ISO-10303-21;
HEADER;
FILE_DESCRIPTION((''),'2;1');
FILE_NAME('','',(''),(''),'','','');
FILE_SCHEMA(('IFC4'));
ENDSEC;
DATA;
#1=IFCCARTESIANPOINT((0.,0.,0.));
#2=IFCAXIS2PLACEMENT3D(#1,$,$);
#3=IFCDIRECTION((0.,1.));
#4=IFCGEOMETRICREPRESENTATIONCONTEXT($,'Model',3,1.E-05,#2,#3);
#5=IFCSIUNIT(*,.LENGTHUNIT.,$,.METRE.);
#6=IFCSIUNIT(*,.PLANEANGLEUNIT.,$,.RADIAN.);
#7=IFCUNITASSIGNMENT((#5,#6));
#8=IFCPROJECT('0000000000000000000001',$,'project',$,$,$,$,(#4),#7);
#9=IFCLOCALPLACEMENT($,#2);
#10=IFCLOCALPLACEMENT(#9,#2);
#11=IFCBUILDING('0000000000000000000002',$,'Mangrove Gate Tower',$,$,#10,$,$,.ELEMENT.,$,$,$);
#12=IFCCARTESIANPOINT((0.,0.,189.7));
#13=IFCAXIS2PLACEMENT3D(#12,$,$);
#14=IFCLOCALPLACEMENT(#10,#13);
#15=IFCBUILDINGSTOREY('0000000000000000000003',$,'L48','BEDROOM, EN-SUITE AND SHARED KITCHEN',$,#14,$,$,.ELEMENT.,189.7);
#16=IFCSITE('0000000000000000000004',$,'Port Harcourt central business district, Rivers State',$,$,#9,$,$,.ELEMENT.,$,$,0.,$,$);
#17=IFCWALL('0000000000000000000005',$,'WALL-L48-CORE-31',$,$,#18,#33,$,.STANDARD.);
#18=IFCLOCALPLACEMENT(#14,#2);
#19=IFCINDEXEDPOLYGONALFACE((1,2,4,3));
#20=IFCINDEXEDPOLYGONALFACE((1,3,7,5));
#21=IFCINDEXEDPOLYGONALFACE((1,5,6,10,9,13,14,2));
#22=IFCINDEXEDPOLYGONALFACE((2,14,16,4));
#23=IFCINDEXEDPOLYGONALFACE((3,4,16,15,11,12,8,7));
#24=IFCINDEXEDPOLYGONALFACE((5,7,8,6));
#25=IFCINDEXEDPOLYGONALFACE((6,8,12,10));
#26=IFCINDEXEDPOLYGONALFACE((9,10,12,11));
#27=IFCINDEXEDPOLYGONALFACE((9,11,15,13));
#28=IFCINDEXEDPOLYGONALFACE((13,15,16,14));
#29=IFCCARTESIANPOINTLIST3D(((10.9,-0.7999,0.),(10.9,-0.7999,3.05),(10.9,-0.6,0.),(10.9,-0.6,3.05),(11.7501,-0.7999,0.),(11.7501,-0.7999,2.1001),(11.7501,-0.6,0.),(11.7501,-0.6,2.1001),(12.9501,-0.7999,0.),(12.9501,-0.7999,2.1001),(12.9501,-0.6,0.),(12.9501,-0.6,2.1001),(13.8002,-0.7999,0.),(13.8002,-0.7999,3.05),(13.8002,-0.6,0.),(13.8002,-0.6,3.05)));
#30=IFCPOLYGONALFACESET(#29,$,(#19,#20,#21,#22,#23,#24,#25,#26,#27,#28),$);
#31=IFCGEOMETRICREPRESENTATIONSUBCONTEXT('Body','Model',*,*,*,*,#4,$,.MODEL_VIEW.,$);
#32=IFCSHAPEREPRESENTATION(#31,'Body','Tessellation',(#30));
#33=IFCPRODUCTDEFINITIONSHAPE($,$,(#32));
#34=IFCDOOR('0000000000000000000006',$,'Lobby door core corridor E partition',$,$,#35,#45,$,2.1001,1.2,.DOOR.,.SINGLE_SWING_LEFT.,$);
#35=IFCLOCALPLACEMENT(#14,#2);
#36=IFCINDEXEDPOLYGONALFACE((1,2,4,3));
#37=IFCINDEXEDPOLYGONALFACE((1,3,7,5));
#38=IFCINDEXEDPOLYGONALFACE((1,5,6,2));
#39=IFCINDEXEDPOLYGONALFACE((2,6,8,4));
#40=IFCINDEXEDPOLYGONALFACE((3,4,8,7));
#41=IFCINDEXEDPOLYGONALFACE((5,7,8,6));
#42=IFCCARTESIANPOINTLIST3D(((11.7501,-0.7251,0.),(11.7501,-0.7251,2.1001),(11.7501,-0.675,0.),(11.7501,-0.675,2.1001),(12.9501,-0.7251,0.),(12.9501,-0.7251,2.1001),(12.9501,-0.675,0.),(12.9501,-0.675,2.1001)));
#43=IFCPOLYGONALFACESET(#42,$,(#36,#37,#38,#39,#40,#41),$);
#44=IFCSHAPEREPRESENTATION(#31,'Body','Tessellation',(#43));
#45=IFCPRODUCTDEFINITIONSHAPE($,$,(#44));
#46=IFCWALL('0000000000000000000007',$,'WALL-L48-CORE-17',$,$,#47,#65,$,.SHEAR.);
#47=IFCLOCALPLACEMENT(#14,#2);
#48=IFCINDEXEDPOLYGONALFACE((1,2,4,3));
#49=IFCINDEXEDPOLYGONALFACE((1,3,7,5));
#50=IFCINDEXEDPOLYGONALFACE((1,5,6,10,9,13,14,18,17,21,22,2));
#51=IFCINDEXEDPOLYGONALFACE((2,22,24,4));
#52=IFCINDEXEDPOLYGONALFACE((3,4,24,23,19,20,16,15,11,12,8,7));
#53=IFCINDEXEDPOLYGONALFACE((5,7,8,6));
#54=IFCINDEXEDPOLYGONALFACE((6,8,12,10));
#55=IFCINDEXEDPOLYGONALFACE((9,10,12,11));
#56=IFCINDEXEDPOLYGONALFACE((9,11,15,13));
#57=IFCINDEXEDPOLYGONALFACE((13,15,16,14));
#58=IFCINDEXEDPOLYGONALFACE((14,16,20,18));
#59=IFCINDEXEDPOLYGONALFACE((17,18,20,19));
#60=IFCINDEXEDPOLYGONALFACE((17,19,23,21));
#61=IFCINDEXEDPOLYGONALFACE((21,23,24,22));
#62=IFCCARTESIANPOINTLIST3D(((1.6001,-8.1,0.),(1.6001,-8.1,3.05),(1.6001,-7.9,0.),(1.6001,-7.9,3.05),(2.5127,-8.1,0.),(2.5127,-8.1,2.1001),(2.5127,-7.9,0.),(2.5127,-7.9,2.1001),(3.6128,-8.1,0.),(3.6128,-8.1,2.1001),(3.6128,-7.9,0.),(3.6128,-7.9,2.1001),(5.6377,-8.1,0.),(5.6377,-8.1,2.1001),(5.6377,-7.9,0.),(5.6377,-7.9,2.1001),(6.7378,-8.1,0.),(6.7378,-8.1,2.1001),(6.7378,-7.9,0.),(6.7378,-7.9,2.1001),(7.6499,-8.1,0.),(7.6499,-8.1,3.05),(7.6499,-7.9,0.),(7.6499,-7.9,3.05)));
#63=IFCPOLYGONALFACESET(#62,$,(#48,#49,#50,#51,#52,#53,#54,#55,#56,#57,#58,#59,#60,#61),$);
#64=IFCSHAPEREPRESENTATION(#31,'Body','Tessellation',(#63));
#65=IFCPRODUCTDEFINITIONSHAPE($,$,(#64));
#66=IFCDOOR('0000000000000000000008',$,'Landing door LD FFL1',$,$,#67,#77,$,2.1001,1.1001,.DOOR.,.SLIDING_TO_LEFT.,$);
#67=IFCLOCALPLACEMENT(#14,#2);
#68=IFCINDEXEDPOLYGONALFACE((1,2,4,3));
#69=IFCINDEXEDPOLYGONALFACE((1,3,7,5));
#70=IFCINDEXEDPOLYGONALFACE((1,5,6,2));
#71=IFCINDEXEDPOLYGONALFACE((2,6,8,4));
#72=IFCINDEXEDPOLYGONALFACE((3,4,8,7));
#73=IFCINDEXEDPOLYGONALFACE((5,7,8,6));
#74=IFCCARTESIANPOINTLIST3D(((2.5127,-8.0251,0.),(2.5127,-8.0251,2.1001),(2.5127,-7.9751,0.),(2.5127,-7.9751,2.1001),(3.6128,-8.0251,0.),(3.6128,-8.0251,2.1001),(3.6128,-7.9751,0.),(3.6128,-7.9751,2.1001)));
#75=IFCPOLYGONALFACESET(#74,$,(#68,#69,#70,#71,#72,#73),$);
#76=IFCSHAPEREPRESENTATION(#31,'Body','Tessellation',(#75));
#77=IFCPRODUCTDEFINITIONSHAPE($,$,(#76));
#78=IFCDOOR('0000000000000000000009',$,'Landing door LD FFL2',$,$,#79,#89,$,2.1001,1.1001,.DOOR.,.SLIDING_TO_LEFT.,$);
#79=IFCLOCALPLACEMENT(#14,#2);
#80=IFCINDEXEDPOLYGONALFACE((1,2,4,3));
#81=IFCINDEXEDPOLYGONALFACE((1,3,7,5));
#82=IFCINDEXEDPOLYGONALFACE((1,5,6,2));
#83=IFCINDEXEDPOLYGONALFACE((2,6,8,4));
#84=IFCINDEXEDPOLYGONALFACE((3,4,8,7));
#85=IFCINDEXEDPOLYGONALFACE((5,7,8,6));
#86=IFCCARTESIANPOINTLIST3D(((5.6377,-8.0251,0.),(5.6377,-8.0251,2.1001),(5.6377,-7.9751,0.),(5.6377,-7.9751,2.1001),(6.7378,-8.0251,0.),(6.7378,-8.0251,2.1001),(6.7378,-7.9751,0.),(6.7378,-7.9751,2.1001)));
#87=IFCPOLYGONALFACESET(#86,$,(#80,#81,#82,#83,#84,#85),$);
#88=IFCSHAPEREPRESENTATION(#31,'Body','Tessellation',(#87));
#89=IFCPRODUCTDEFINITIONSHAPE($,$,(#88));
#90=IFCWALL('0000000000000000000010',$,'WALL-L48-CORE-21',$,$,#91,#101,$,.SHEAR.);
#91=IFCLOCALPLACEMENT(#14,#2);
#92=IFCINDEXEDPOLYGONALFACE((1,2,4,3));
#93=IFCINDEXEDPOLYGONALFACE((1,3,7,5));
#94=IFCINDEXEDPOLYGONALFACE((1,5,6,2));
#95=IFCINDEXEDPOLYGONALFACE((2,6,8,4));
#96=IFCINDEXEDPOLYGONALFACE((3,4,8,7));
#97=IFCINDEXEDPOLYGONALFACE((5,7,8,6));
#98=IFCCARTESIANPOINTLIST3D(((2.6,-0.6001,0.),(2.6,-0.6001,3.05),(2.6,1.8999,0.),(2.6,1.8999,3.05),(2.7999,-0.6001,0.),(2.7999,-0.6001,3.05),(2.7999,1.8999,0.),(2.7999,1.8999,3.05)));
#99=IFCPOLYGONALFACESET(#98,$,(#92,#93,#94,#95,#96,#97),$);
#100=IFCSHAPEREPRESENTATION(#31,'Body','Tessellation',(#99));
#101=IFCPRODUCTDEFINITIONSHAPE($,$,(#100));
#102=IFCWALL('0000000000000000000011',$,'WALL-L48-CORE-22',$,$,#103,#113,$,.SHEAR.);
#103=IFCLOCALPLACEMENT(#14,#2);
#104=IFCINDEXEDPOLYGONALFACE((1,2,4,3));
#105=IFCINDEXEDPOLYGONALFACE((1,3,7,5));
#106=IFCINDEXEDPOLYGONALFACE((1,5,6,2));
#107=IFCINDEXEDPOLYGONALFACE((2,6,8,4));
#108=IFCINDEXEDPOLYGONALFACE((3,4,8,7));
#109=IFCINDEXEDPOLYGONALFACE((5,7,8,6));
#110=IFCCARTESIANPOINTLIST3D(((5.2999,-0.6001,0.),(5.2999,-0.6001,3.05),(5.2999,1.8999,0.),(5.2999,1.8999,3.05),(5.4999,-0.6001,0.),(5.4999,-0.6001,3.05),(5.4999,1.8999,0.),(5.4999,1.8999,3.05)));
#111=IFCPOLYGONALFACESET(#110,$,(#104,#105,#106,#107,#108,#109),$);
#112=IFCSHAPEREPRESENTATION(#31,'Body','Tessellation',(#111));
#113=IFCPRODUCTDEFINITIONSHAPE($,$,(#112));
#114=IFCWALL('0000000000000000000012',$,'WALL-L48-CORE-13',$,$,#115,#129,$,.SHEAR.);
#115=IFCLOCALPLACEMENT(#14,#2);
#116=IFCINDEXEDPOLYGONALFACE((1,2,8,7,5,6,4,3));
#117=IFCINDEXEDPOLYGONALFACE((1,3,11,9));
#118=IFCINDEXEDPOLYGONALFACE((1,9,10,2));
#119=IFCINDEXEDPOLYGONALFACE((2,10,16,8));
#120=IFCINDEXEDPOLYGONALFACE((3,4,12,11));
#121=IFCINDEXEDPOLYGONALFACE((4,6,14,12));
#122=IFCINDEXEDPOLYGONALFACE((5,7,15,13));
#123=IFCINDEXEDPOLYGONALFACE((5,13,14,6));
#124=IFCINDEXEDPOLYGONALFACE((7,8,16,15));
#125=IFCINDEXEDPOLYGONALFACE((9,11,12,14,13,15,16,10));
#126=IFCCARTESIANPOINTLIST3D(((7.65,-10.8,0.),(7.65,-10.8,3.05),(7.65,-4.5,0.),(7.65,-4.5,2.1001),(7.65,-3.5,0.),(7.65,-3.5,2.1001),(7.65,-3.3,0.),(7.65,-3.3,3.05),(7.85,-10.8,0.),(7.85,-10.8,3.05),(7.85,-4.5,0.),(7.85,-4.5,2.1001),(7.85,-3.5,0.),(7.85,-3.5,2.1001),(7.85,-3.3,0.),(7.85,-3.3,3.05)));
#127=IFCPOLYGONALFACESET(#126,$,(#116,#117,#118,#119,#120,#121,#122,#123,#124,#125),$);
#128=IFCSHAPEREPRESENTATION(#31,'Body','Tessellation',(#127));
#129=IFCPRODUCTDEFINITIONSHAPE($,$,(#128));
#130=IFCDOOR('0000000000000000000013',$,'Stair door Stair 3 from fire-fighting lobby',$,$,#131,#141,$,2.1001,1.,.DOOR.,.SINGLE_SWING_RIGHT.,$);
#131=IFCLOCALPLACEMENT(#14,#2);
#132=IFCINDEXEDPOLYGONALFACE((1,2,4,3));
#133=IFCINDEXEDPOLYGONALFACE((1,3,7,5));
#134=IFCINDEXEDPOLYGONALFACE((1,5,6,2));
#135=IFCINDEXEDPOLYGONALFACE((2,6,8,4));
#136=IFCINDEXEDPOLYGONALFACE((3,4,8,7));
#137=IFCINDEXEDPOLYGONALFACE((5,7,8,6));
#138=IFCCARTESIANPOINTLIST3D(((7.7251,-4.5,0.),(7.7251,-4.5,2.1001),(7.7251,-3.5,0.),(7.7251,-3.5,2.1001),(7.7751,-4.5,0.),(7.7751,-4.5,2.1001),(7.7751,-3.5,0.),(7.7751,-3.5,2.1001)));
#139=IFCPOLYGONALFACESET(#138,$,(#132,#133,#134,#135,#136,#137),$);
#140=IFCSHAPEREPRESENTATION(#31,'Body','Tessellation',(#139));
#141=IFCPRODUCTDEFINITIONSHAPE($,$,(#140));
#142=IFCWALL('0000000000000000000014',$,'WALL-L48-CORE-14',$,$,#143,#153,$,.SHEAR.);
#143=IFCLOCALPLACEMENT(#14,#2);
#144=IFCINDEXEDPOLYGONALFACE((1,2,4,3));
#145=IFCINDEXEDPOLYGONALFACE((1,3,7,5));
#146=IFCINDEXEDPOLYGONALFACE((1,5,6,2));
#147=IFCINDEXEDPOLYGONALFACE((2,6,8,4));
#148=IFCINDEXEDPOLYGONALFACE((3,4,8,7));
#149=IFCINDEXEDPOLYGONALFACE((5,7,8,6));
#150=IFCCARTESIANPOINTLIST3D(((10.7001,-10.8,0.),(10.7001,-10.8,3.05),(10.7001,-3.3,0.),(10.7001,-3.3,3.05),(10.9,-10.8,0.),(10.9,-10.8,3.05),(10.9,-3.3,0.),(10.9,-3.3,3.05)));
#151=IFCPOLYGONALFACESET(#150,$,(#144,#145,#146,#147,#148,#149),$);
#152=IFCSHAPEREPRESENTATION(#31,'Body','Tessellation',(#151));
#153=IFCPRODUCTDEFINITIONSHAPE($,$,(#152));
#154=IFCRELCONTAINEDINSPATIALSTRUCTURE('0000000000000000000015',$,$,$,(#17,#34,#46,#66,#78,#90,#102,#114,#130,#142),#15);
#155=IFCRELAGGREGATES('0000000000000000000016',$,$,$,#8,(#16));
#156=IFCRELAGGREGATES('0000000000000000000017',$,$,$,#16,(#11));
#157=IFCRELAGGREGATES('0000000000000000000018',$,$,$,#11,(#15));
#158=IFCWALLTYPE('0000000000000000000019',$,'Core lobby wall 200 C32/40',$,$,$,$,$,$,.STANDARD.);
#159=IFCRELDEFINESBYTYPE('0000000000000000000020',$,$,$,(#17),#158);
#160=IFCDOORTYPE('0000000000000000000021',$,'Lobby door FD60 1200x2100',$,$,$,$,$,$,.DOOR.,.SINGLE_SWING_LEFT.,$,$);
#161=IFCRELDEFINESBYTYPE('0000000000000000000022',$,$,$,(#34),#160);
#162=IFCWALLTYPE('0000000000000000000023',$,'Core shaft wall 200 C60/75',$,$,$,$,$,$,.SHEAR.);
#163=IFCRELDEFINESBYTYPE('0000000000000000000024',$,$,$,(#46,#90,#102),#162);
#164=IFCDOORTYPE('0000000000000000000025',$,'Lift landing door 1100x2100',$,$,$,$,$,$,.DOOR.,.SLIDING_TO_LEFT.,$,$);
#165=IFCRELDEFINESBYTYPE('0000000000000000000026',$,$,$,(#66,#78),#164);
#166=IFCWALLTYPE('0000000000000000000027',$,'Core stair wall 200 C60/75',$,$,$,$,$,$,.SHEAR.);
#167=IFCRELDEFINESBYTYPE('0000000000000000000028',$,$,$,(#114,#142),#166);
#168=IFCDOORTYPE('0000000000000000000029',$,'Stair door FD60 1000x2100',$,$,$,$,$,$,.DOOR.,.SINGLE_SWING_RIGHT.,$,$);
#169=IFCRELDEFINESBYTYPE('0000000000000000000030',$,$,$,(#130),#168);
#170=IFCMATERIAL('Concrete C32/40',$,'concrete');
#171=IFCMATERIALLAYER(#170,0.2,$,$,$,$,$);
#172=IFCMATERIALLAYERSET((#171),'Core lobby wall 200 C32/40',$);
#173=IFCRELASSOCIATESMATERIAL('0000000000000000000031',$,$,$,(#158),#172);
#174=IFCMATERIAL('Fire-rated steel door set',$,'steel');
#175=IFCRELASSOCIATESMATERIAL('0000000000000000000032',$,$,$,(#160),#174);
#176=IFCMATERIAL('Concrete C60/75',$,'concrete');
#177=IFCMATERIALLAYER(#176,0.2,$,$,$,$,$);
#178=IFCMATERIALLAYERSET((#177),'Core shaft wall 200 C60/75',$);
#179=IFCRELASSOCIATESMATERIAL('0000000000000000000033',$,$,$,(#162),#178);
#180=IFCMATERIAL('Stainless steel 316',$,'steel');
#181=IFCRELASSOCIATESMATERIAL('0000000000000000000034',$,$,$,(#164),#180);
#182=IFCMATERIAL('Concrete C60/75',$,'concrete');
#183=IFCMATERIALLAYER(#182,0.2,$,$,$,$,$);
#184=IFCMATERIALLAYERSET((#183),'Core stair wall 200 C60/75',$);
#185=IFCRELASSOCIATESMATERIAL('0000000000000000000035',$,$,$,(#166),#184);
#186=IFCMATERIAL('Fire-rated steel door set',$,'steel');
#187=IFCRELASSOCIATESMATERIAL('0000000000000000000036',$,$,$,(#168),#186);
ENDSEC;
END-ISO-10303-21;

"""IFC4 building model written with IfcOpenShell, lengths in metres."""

from ifc_helpers import new_model, si_unit, direction, frame, frame_2d, origin, place, context, subcontext, project, spatial, rectangle, extrude, material, layer, layer_set, type_object, element, fill, save


model = new_model("IFC4")

# Units and contexts
model_context = context("Model", 3, precision=1e-05, world=origin(), true_north=direction((0.0, 1.0)))
body_context = subcontext(model_context, "Body", "Model", "MODEL_VIEW")
ifc_project = project(units=[si_unit("LENGTHUNIT", "METRE"), si_unit("PLANEANGLEUNIT", "RADIAN")], contexts=[model_context])

# Site, building, storey
site_placement = place(None, origin())
site = spatial("IfcSite", under=ifc_project, at=site_placement, Name="Port Harcourt central business district, Rivers State", CompositionType="ELEMENT", RefElevation=0.0)
building_placement = place(site_placement, origin())
building = spatial("IfcBuilding", under=site, at=building_placement, Name="Mangrove Gate Tower", CompositionType="ELEMENT")
storey_placement = place(building_placement, frame((0.0, 0.0, 189.7)))
storey = spatial("IfcBuildingStorey", under=building, at=storey_placement, Name="L48", Description="BEDROOM, EN-SUITE AND SHARED KITCHEN", CompositionType="ELEMENT", Elevation=189.7)

# Wall, opening, door
ifc_material_1 = material(Name="Concrete C32/40", Category="concrete")
ifc_layer_1 = layer(ifc_material_1, 0.2)
ifc_layer_set_1 = layer_set([ifc_layer_1], Name="Core lobby wall 200 C32/40")
wall_type_1 = type_object("IfcWallType", Name="Core lobby wall 200 C32/40", PredefinedType="STANDARD", material=ifc_layer_set_1)
wall_1_placement = place(storey_placement, frame((10.8999, -0.7, 0.0), z_axis=(0.0, 0.0, 1.0), x_axis=(1.0, 0.0, 0.0)))
wall_1 = element("IfcWall", 1, at=wall_1_placement, inside=storey, type_object=wall_type_1, Name="WALL-L48-CORE-31", PredefinedType="STANDARD", context=body_context, shape_type="SweptSolid", body=[
    extrude(rectangle(XDim=2.9001, YDim=0.2, at=frame_2d((1.4502, 0.0))), origin(), (0.0, 0.0, 1.0), 3.05),
])
opening_1_placement = place(wall_1_placement, frame((0.8501, 0.0, 0.0)))
opening_1 = element("IfcOpeningElement", 2, at=opening_1_placement, cuts=wall_1, PredefinedType="OPENING", context=body_context, shape_type="SweptSolid", body=[
    extrude(rectangle(XDim=1.2, YDim=2.1001, at=frame_2d((0.6001, 1.05))), frame((0.0, 0.1099, 0.0), z_axis=(0.0, -1.0, 0.0), x_axis=(1.0, 0.0, 0.0)), (0.0, 0.0, 1.0), 0.22),
])
ifc_material_2 = material(Name="Fire-rated steel door set", Category="steel")
door_type_1 = type_object("IfcDoorType", Name="Lobby door FD60 1200x2100", OperationType="SINGLE_SWING_LEFT", PredefinedType="DOOR", material=ifc_material_2)
door_1_placement = place(opening_1_placement, origin())
door_1 = element("IfcDoor", 3, at=door_1_placement, inside=storey, type_object=door_type_1, Name="Lobby door core corridor E partition", OperationType="SINGLE_SWING_LEFT", OverallHeight=2.1001, OverallWidth=1.2, PredefinedType="DOOR", context=body_context, shape_type="SweptSolid", body=[
    extrude(rectangle(XDim=1.2, YDim=2.1001, at=frame_2d((0.6001, 1.05))), frame((0.0, 0.0249, 0.0), z_axis=(0.0, -1.0, 0.0), x_axis=(1.0, 0.0, 0.0)), (0.0, 0.0, 1.0), 0.05),
])
fill(opening_1, door_1)

# Wall, openings, doors
ifc_material_3 = material(Name="Concrete C60/75", Category="concrete")
ifc_layer_2 = layer(ifc_material_3, 0.2)
ifc_layer_set_2 = layer_set([ifc_layer_2], Name="Core shaft wall 200 C60/75")
wall_type_2 = type_object("IfcWallType", Name="Core shaft wall 200 C60/75", PredefinedType="SHEAR", material=ifc_layer_set_2)
wall_2_placement = place(storey_placement, frame((1.6001, -8.0, 0.0), z_axis=(0.0, 0.0, 1.0), x_axis=(1.0, 0.0, 0.0)))
wall_2 = element("IfcWall", 4, at=wall_2_placement, inside=storey, type_object=wall_type_2, Name="WALL-L48-CORE-17", PredefinedType="SHEAR", context=body_context, shape_type="SweptSolid", body=[
    extrude(rectangle(XDim=6.0498, YDim=0.2, at=frame_2d((3.0249, 0.0))), origin(), (0.0, 0.0, 1.0), 3.05),
])
opening_2_placement = place(wall_2_placement, frame((0.9126, 0.0, 0.0)))
opening_2 = element("IfcOpeningElement", 5, at=opening_2_placement, cuts=wall_2, PredefinedType="OPENING", context=body_context, shape_type="SweptSolid", body=[
    extrude(rectangle(XDim=1.1001, YDim=2.1001, at=frame_2d((0.55, 1.05))), frame((0.0, 0.1099, 0.0), z_axis=(0.0, -1.0, 0.0), x_axis=(1.0, 0.0, 0.0)), (0.0, 0.0, 1.0), 0.22),
])
opening_3_placement = place(wall_2_placement, frame((4.0376, 0.0, 0.0)))
opening_3 = element("IfcOpeningElement", 6, at=opening_3_placement, cuts=wall_2, PredefinedType="OPENING", context=body_context, shape_type="SweptSolid", body=[
    extrude(rectangle(XDim=1.1001, YDim=2.1001, at=frame_2d((0.55, 1.05))), frame((0.0, 0.1099, 0.0), z_axis=(0.0, -1.0, 0.0), x_axis=(1.0, 0.0, 0.0)), (0.0, 0.0, 1.0), 0.22),
])
ifc_material_4 = material(Name="Stainless steel 316", Category="steel")
door_type_2 = type_object("IfcDoorType", Name="Lift landing door 1100x2100", OperationType="SLIDING_TO_LEFT", PredefinedType="DOOR", material=ifc_material_4)
door_2_placement = place(opening_2_placement, origin())
door_2 = element("IfcDoor", 7, at=door_2_placement, inside=storey, type_object=door_type_2, Name="Landing door LD FFL1", OperationType="SLIDING_TO_LEFT", OverallHeight=2.1001, OverallWidth=1.1001, PredefinedType="DOOR", context=body_context, shape_type="SweptSolid", body=[
    extrude(rectangle(XDim=1.1001, YDim=2.1001, at=frame_2d((0.55, 1.05))), frame((0.0, 0.0249, 0.0), z_axis=(0.0, -1.0, 0.0), x_axis=(1.0, 0.0, 0.0)), (0.0, 0.0, 1.0), 0.05),
])
fill(opening_2, door_2)
door_3_placement = place(opening_3_placement, origin())
door_3 = element("IfcDoor", 8, at=door_3_placement, inside=storey, type_object=door_type_2, Name="Landing door LD FFL2", OperationType="SLIDING_TO_LEFT", OverallHeight=2.1001, OverallWidth=1.1001, PredefinedType="DOOR", context=body_context, shape_type="SweptSolid", body=[
    extrude(rectangle(XDim=1.1001, YDim=2.1001, at=frame_2d((0.55, 1.05))), frame((0.0, 0.0249, 0.0), z_axis=(0.0, -1.0, 0.0), x_axis=(1.0, 0.0, 0.0)), (0.0, 0.0, 1.0), 0.05),
])
fill(opening_3, door_3)

# Walls
for number, where, z_axis, x_axis, name in (
    (9, (2.7, -0.6001, 0.0), (0.0, 0.0, 1.0), (0.0, 1.0, 0.0), "WALL-L48-CORE-21"),
    (10, (5.3999, -0.6001, 0.0), (0.0, 0.0, 1.0), (0.0, 1.0, 0.0), "WALL-L48-CORE-22"),
):
    element("IfcWall", number, at=place(storey_placement, frame(where, z_axis=z_axis, x_axis=x_axis)), inside=storey, type_object=wall_type_2, Name=name, PredefinedType="SHEAR", context=body_context, shape_type="SweptSolid", body=[
        extrude(rectangle(XDim=2.5, YDim=0.2, at=frame_2d((1.25, 0.0))), origin(), (0.0, 0.0, 1.0), 3.05),
    ])

# Wall, opening, door
ifc_material_5 = material(Name="Concrete C60/75", Category="concrete")
ifc_layer_3 = layer(ifc_material_5, 0.2)
ifc_layer_set_3 = layer_set([ifc_layer_3], Name="Core stair wall 200 C60/75")
wall_type_3 = type_object("IfcWallType", Name="Core stair wall 200 C60/75", PredefinedType="SHEAR", material=ifc_layer_set_3)
wall_3_placement = place(storey_placement, frame((7.75, -10.8, 0.0), z_axis=(0.0, 0.0, 1.0), x_axis=(0.0, 1.0, 0.0)))
wall_3 = element("IfcWall", 11, at=wall_3_placement, inside=storey, type_object=wall_type_3, Name="WALL-L48-CORE-13", PredefinedType="SHEAR", context=body_context, shape_type="SweptSolid", body=[
    extrude(rectangle(XDim=7.5, YDim=0.2, at=frame_2d((3.75, 0.0))), origin(), (0.0, 0.0, 1.0), 3.05),
])
opening_4_placement = place(wall_3_placement, frame((6.3, 0.0, 0.0)))
opening_4 = element("IfcOpeningElement", 12, at=opening_4_placement, cuts=wall_3, PredefinedType="OPENING", context=body_context, shape_type="SweptSolid", body=[
    extrude(rectangle(XDim=1.0, YDim=2.1001, at=frame_2d((0.5, 1.05))), frame((0.0, 0.1099, 0.0), z_axis=(0.0, -1.0, 0.0), x_axis=(1.0, 0.0, 0.0)), (0.0, 0.0, 1.0), 0.22),
])
ifc_material_6 = material(Name="Fire-rated steel door set", Category="steel")
door_type_3 = type_object("IfcDoorType", Name="Stair door FD60 1000x2100", OperationType="SINGLE_SWING_RIGHT", PredefinedType="DOOR", material=ifc_material_6)
door_4_placement = place(opening_4_placement, origin())
door_4 = element("IfcDoor", 13, at=door_4_placement, inside=storey, type_object=door_type_3, Name="Stair door Stair 3 from fire-fighting lobby", OperationType="SINGLE_SWING_RIGHT", OverallHeight=2.1001, OverallWidth=1.0, PredefinedType="DOOR", context=body_context, shape_type="SweptSolid", body=[
    extrude(rectangle(XDim=1.0, YDim=2.1001, at=frame_2d((0.5, 1.05))), frame((0.0, 0.0249, 0.0), z_axis=(0.0, -1.0, 0.0), x_axis=(1.0, 0.0, 0.0)), (0.0, 0.0, 1.0), 0.05),
])
fill(opening_4, door_4)

# Wall
wall_4_placement = place(storey_placement, frame((10.8, -10.8, 0.0), z_axis=(0.0, 0.0, 1.0), x_axis=(0.0, 1.0, 0.0)))
element("IfcWall", 14, at=wall_4_placement, inside=storey, type_object=wall_type_3, Name="WALL-L48-CORE-14", PredefinedType="SHEAR", context=body_context, shape_type="SweptSolid", body=[
    extrude(rectangle(XDim=7.5, YDim=0.2, at=frame_2d((3.75, 0.0))), origin(), (0.0, 0.0, 1.0), 3.05),
])

save(model, "model.ifc")
